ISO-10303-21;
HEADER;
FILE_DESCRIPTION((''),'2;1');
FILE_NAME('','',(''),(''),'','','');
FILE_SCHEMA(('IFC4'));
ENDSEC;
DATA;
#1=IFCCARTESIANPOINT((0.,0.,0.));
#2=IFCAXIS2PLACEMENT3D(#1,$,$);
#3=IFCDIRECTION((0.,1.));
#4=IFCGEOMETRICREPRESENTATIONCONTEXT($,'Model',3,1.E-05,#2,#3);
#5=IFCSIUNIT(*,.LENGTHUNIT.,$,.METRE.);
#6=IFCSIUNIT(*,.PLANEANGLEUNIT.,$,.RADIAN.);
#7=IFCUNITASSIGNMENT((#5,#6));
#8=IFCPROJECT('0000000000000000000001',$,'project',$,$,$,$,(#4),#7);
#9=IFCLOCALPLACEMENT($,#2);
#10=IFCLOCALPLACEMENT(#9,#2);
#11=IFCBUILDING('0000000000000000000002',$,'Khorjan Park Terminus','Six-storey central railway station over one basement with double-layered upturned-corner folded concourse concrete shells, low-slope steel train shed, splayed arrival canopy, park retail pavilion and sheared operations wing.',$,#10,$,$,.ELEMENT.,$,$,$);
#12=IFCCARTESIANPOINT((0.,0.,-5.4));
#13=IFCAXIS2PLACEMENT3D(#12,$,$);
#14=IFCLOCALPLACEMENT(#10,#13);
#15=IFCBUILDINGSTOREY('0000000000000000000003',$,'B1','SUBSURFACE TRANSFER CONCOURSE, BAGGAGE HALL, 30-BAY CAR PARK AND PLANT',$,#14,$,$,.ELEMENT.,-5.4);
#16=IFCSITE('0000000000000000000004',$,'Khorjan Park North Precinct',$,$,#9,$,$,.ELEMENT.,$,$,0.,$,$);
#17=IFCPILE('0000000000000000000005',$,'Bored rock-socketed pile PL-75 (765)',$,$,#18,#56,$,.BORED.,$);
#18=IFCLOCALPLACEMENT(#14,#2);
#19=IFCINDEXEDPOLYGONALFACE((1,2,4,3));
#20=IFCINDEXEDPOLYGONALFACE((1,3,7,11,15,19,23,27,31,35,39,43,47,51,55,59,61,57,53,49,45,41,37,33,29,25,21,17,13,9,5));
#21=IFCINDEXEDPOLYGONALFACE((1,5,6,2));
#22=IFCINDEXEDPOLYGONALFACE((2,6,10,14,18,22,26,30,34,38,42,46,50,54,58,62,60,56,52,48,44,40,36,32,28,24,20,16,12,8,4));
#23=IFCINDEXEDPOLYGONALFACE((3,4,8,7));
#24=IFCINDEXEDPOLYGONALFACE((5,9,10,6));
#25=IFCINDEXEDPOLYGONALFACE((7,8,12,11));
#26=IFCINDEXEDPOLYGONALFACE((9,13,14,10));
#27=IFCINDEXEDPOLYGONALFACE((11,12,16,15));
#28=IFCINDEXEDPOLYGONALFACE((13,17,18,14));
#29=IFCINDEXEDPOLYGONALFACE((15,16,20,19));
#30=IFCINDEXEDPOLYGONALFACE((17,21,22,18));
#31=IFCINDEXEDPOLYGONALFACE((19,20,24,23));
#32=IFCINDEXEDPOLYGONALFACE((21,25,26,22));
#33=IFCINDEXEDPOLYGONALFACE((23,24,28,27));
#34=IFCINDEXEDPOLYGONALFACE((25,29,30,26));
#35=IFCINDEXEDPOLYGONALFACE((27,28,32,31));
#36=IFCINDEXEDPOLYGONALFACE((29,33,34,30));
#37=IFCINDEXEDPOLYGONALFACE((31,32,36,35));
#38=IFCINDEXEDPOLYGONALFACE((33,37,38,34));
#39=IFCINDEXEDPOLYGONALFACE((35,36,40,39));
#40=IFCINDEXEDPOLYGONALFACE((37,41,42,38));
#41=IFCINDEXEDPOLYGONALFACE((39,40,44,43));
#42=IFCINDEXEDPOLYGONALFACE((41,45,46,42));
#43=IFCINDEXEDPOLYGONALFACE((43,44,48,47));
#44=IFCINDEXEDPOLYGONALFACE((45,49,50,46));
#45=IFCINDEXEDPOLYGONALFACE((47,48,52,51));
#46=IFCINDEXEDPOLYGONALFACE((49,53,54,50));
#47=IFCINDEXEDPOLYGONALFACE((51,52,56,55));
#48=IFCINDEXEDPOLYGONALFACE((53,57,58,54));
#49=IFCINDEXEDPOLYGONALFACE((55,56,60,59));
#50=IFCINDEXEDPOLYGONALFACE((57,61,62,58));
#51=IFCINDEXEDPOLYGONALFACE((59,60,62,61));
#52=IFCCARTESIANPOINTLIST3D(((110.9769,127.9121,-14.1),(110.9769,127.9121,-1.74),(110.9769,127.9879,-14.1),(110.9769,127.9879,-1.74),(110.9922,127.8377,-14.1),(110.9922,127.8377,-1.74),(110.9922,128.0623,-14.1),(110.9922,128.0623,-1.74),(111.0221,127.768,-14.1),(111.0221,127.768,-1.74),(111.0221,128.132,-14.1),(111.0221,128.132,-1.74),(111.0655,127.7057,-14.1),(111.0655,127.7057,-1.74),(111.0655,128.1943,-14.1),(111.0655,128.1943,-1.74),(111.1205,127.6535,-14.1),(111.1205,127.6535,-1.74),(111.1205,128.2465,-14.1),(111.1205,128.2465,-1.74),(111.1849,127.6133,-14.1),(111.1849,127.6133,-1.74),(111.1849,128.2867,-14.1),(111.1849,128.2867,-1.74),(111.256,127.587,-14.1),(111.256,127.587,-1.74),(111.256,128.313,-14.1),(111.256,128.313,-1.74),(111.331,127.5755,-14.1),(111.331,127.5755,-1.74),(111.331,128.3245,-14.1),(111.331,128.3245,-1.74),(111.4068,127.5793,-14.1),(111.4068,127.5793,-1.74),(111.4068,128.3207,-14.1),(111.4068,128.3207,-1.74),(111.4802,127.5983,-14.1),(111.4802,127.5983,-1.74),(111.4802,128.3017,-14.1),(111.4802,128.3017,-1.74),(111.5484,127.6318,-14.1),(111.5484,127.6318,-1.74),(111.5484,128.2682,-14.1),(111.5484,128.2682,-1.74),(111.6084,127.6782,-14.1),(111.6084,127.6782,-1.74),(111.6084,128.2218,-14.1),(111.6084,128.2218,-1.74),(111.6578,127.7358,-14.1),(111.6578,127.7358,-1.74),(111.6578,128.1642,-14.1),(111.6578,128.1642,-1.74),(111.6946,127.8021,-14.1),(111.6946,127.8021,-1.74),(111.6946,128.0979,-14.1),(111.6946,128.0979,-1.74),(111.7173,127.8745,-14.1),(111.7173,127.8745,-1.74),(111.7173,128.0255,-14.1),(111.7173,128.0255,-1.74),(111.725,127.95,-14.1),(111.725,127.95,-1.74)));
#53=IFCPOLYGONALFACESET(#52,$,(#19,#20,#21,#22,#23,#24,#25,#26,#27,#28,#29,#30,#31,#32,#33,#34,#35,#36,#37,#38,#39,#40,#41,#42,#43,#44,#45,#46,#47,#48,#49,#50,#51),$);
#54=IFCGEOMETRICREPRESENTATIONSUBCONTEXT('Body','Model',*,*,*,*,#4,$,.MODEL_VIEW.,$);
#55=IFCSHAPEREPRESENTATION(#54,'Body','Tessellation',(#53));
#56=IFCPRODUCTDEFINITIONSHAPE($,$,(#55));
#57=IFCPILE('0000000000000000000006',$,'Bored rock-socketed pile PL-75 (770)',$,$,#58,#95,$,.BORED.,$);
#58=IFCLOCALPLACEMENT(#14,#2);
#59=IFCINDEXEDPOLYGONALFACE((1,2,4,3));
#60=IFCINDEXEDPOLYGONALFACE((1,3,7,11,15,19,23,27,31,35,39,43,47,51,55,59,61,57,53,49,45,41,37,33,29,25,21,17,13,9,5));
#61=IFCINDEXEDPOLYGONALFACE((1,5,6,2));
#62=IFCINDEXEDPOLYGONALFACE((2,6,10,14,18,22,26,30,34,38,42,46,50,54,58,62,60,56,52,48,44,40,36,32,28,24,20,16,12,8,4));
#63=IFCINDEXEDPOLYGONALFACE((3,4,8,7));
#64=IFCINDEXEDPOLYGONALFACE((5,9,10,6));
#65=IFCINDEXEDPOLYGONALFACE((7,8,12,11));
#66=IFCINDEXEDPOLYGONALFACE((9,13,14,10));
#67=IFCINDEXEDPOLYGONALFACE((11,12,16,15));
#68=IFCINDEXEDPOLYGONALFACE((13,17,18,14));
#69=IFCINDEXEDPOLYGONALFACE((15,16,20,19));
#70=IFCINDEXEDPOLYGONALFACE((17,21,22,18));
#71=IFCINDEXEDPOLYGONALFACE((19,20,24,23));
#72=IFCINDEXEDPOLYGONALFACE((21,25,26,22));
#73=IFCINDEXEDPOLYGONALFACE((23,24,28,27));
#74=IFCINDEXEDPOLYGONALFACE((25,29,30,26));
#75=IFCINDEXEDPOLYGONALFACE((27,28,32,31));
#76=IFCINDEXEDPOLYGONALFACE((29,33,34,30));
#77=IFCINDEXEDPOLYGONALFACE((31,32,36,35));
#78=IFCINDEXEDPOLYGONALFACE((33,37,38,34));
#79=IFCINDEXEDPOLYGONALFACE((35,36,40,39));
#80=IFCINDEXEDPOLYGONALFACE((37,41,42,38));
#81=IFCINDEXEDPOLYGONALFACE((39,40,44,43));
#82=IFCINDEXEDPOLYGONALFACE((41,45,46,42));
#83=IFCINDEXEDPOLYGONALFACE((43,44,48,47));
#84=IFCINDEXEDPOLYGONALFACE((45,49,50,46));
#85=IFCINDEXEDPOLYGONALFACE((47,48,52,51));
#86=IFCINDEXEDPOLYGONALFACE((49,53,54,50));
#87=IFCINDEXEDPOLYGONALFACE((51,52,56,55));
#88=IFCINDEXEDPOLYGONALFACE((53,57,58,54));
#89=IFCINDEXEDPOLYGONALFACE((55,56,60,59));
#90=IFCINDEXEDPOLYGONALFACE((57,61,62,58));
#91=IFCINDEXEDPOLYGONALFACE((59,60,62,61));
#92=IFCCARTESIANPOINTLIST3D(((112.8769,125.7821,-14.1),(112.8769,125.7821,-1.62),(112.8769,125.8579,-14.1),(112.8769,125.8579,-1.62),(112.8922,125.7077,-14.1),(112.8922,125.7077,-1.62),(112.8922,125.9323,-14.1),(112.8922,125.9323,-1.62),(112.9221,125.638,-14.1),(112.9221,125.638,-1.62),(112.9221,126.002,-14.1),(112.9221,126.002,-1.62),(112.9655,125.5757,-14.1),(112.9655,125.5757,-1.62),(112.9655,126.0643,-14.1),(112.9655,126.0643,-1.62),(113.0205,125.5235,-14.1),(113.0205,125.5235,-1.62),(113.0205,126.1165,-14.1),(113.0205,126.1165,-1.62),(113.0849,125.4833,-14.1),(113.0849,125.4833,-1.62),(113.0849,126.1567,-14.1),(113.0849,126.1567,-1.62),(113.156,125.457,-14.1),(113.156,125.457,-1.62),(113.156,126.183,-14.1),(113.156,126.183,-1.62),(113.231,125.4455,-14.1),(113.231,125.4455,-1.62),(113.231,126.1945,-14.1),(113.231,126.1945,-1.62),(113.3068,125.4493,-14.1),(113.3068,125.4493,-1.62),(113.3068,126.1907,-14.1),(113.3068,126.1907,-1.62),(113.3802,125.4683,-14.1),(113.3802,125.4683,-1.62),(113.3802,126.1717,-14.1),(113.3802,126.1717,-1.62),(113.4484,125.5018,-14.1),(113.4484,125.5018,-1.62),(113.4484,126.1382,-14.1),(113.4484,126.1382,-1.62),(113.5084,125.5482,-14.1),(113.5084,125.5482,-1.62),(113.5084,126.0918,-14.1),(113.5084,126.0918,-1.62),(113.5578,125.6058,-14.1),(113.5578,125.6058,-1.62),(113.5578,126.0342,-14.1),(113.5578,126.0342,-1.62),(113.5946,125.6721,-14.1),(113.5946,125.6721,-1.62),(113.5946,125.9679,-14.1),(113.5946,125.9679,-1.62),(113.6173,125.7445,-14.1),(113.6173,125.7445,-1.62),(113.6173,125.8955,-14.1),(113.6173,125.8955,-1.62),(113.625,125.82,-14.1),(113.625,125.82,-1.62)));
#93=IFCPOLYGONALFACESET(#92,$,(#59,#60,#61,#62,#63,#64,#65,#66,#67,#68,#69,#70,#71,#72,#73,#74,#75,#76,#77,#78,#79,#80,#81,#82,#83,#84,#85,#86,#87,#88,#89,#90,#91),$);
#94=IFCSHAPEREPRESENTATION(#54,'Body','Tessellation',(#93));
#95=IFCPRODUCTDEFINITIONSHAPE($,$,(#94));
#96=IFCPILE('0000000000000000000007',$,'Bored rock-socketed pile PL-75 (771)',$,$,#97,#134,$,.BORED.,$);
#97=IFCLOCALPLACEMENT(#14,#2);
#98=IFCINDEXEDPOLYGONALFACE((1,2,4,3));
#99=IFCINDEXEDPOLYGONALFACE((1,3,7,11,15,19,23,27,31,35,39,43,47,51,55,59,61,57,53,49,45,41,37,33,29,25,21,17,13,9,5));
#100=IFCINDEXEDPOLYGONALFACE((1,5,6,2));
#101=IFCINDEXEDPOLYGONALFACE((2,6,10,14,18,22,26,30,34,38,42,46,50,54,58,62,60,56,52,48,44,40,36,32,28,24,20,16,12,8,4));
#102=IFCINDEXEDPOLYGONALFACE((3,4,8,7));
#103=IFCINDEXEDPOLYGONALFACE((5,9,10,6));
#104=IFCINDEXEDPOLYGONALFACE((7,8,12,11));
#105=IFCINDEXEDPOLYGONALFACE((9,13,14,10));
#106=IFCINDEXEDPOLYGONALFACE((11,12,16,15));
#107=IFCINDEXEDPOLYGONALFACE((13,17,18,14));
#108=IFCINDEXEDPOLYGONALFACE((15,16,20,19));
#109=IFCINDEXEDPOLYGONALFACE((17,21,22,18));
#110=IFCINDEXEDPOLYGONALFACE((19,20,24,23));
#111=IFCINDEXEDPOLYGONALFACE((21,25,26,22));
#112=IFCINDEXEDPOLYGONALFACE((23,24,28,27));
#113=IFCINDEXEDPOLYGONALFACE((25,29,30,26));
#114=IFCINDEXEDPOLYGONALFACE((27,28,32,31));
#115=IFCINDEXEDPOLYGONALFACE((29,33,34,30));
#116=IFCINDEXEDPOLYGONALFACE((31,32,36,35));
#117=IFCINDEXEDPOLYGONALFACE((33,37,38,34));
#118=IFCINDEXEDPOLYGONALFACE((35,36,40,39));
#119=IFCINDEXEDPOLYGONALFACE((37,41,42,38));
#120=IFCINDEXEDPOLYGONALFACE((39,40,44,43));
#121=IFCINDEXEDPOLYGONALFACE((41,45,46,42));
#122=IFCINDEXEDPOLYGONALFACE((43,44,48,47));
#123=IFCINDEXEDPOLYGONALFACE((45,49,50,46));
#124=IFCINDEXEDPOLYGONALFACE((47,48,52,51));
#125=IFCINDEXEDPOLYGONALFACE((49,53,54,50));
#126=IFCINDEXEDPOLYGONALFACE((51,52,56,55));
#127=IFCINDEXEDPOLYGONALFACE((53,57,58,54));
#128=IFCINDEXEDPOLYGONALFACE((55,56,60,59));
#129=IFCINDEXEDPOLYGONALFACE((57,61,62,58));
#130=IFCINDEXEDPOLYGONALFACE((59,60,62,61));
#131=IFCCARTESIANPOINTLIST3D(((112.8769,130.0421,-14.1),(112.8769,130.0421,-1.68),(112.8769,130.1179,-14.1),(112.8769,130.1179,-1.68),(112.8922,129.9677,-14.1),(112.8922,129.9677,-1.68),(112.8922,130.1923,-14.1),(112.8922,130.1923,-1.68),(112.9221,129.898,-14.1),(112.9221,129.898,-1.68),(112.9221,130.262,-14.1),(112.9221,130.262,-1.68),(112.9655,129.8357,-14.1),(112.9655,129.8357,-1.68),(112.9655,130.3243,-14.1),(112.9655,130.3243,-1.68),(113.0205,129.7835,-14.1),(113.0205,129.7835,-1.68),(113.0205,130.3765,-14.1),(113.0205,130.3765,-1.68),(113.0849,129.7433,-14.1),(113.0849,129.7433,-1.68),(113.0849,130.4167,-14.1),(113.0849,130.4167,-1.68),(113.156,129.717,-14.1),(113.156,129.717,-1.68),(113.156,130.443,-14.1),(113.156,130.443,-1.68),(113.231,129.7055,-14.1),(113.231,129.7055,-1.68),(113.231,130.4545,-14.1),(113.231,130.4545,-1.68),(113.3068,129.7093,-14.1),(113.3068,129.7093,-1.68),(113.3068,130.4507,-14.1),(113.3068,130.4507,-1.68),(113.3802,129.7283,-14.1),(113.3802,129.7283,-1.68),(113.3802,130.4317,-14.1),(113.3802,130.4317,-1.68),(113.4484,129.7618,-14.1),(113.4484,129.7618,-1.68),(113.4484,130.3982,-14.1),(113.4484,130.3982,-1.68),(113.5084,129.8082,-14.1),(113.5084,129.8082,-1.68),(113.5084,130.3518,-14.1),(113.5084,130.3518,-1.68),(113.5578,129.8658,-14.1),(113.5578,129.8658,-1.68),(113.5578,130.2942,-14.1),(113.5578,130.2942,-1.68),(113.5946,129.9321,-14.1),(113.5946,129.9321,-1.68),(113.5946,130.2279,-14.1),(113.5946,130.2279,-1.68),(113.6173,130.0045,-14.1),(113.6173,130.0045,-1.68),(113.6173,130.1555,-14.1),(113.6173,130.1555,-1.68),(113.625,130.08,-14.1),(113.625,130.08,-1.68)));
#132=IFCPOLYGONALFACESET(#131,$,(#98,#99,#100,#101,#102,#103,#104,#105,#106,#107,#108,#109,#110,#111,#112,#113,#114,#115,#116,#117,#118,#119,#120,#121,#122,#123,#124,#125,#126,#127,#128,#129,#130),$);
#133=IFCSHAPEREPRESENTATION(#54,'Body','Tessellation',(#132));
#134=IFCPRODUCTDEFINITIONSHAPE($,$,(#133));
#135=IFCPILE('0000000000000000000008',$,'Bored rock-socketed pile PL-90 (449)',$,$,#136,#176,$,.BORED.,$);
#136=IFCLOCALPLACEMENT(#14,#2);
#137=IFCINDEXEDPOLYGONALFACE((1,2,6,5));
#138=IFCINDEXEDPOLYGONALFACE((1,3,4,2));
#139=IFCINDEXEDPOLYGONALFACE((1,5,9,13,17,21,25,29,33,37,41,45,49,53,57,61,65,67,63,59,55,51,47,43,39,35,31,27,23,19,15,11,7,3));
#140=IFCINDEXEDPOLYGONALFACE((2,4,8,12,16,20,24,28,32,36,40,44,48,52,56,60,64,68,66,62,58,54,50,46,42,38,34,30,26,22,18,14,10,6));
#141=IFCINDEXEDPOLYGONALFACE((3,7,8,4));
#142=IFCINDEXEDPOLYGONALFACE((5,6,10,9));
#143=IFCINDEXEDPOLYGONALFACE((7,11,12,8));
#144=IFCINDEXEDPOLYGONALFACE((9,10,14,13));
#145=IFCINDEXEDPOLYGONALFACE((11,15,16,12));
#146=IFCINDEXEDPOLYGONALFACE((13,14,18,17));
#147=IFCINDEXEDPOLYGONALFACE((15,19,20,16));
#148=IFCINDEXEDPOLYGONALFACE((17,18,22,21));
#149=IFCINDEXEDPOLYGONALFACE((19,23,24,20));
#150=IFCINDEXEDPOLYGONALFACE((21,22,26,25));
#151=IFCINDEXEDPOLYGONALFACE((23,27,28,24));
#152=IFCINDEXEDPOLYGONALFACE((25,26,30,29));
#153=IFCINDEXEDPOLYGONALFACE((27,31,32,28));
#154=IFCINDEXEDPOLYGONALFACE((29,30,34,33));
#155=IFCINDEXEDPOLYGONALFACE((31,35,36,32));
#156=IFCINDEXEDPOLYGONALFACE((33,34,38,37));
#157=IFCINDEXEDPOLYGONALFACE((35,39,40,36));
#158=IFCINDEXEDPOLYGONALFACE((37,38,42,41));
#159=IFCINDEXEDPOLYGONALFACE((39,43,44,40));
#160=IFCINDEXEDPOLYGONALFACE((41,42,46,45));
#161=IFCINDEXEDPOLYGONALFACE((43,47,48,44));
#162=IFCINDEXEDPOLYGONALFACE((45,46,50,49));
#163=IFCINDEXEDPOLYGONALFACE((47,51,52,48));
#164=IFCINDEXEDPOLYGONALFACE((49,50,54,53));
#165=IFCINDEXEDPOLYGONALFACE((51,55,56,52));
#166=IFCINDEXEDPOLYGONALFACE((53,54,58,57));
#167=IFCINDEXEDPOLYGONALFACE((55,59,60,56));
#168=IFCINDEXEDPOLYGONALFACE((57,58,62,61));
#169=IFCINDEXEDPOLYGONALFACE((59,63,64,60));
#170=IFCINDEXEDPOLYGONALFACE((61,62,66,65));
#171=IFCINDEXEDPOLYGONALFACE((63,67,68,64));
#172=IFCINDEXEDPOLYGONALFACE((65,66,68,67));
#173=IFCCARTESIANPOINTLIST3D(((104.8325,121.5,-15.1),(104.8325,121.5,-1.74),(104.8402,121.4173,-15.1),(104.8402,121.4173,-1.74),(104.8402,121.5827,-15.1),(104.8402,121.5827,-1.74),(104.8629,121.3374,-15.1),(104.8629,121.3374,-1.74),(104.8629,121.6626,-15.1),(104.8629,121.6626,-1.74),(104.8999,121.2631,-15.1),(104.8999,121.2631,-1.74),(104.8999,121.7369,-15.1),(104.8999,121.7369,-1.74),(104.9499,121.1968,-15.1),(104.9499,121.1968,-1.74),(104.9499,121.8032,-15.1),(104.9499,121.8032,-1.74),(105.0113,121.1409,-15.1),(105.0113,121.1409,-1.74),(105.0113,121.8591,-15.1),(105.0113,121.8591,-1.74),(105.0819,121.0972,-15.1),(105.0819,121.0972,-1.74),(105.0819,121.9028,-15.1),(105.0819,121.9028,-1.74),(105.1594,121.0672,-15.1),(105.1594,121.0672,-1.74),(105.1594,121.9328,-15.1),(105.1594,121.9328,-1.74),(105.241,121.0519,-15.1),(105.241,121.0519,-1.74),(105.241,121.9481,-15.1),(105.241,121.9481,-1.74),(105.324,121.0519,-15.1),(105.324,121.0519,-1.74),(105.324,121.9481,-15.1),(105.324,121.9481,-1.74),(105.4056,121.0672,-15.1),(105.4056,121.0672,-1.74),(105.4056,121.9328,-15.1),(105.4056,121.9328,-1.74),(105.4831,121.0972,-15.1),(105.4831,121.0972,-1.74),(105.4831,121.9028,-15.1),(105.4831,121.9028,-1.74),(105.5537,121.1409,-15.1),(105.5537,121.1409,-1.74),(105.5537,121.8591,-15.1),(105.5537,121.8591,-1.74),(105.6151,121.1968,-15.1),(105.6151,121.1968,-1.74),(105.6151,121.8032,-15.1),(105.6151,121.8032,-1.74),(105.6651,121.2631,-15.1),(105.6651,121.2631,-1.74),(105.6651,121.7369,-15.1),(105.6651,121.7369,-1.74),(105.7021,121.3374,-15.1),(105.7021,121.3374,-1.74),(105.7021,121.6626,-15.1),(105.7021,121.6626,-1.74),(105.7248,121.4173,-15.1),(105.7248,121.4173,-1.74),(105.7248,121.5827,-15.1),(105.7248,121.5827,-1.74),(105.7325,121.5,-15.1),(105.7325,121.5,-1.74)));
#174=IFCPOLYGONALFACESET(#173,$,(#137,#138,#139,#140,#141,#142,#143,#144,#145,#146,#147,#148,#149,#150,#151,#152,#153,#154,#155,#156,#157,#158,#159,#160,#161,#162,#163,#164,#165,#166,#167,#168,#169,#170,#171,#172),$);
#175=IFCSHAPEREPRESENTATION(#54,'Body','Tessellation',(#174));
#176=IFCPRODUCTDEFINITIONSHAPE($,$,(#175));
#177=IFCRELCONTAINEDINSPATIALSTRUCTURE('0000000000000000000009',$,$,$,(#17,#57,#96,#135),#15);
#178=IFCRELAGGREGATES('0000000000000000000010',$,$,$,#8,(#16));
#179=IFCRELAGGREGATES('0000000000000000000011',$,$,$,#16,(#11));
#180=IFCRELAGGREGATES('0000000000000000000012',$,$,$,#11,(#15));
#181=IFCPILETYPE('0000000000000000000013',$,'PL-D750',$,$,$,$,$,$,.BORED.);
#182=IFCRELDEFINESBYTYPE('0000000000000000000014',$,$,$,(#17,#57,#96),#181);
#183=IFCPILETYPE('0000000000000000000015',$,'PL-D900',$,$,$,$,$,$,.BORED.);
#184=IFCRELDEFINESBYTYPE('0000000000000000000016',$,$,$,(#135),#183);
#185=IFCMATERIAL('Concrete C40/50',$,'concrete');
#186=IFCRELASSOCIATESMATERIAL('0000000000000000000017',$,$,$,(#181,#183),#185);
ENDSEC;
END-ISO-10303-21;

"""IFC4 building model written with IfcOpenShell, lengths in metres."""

from ifc_helpers import new_model, si_unit, direction, frame, origin, origin_2d, place, context, subcontext, project, spatial, circle, extrude, material, material_profile, profile_set, type_object, element, save


model = new_model("IFC4")

# Units and contexts
model_context = context("Model", 3, precision=1e-05, world=origin(), true_north=direction((0.0, 1.0)))
body_context = subcontext(model_context, "Body", "Model", "MODEL_VIEW")
ifc_project = project(units=[si_unit("LENGTHUNIT", "METRE"), si_unit("PLANEANGLEUNIT", "RADIAN")], contexts=[model_context])

# Site, building, storey
site_placement = place(None, origin())
site = spatial("IfcSite", under=ifc_project, at=site_placement, Name="Khorjan Park North Precinct", CompositionType="ELEMENT", RefElevation=0.0)
building_placement = place(site_placement, origin())
building = spatial("IfcBuilding", under=site, at=building_placement, Name="Khorjan Park Terminus", Description="Six-storey central railway station over one basement with double-layered upturned-corner folded concourse concrete shells, low-slope steel train shed, splayed arrival canopy, park retail pavilion and sheared operations wing.", CompositionType="ELEMENT")
storey_placement = place(building_placement, frame((0.0, 0.0, -5.4)))
storey = spatial("IfcBuildingStorey", under=building, at=storey_placement, Name="B1", Description="SUBSURFACE TRANSFER CONCOURSE, BAGGAGE HALL, 30-BAY CAR PARK AND PLANT", CompositionType="ELEMENT", Elevation=-5.4)

# Shared definitions
ifc_material_1 = material(Name="Concrete C40/50", Category="concrete")

# Piles
ifc_material_profile_1 = material_profile(ifc_material_1, circle(Radius=0.375, at=origin_2d()), Name="BORED D750")
ifc_profile_set_1 = profile_set([ifc_material_profile_1], Name="Concrete C40/50")
pile_type_1 = type_object("IfcPileType", Name="PL-D750", PredefinedType="BORED", material=ifc_profile_set_1)
pile_1_placement = place(storey_placement, frame((111.35, 127.95, -1.74), z_axis=(0.0, 0.0, -1.0), x_axis=(1.0, 0.0, 0.0)))
element("IfcPile", 1, at=pile_1_placement, inside=storey, type_object=pile_type_1, Name="Bored rock-socketed pile PL-75 (765)", PredefinedType="BORED", context=body_context, shape_type="SweptSolid", body=[
    extrude(circle(Radius=0.375, at=origin_2d()), origin(), (0.0, 0.0, 1.0), 12.36),
])
pile_2_placement = place(storey_placement, frame((113.25, 125.82, -1.62), z_axis=(0.0, 0.0, -1.0), x_axis=(1.0, 0.0, 0.0)))
element("IfcPile", 2, at=pile_2_placement, inside=storey, type_object=pile_type_1, Name="Bored rock-socketed pile PL-75 (770)", PredefinedType="BORED", context=body_context, shape_type="SweptSolid", body=[
    extrude(circle(Radius=0.375, at=origin_2d()), origin(), (0.0, 0.0, 1.0), 12.48),
])
pile_3_placement = place(storey_placement, frame((113.25, 130.08, -1.68), z_axis=(0.0, 0.0, -1.0), x_axis=(1.0, 0.0, 0.0)))
element("IfcPile", 3, at=pile_3_placement, inside=storey, type_object=pile_type_1, Name="Bored rock-socketed pile PL-75 (771)", PredefinedType="BORED", context=body_context, shape_type="SweptSolid", body=[
    extrude(circle(Radius=0.375, at=origin_2d()), origin(), (0.0, 0.0, 1.0), 12.42),
])
ifc_material_profile_2 = material_profile(ifc_material_1, circle(Radius=0.45, at=origin_2d()), Name="BORED D900")
ifc_profile_set_2 = profile_set([ifc_material_profile_2], Name="Concrete C40/50")
pile_type_2 = type_object("IfcPileType", Name="PL-D900", PredefinedType="BORED", material=ifc_profile_set_2)
pile_4_placement = place(storey_placement, frame((105.2825, 121.5, -1.74), z_axis=(0.0, 0.0, -1.0), x_axis=(1.0, 0.0, 0.0)))
element("IfcPile", 4, at=pile_4_placement, inside=storey, type_object=pile_type_2, Name="Bored rock-socketed pile PL-90 (449)", PredefinedType="BORED", context=body_context, shape_type="SweptSolid", body=[
    extrude(circle(Radius=0.45, at=origin_2d()), origin(), (0.0, 0.0, 1.0), 13.36),
])

save(model, "model.ifc")
